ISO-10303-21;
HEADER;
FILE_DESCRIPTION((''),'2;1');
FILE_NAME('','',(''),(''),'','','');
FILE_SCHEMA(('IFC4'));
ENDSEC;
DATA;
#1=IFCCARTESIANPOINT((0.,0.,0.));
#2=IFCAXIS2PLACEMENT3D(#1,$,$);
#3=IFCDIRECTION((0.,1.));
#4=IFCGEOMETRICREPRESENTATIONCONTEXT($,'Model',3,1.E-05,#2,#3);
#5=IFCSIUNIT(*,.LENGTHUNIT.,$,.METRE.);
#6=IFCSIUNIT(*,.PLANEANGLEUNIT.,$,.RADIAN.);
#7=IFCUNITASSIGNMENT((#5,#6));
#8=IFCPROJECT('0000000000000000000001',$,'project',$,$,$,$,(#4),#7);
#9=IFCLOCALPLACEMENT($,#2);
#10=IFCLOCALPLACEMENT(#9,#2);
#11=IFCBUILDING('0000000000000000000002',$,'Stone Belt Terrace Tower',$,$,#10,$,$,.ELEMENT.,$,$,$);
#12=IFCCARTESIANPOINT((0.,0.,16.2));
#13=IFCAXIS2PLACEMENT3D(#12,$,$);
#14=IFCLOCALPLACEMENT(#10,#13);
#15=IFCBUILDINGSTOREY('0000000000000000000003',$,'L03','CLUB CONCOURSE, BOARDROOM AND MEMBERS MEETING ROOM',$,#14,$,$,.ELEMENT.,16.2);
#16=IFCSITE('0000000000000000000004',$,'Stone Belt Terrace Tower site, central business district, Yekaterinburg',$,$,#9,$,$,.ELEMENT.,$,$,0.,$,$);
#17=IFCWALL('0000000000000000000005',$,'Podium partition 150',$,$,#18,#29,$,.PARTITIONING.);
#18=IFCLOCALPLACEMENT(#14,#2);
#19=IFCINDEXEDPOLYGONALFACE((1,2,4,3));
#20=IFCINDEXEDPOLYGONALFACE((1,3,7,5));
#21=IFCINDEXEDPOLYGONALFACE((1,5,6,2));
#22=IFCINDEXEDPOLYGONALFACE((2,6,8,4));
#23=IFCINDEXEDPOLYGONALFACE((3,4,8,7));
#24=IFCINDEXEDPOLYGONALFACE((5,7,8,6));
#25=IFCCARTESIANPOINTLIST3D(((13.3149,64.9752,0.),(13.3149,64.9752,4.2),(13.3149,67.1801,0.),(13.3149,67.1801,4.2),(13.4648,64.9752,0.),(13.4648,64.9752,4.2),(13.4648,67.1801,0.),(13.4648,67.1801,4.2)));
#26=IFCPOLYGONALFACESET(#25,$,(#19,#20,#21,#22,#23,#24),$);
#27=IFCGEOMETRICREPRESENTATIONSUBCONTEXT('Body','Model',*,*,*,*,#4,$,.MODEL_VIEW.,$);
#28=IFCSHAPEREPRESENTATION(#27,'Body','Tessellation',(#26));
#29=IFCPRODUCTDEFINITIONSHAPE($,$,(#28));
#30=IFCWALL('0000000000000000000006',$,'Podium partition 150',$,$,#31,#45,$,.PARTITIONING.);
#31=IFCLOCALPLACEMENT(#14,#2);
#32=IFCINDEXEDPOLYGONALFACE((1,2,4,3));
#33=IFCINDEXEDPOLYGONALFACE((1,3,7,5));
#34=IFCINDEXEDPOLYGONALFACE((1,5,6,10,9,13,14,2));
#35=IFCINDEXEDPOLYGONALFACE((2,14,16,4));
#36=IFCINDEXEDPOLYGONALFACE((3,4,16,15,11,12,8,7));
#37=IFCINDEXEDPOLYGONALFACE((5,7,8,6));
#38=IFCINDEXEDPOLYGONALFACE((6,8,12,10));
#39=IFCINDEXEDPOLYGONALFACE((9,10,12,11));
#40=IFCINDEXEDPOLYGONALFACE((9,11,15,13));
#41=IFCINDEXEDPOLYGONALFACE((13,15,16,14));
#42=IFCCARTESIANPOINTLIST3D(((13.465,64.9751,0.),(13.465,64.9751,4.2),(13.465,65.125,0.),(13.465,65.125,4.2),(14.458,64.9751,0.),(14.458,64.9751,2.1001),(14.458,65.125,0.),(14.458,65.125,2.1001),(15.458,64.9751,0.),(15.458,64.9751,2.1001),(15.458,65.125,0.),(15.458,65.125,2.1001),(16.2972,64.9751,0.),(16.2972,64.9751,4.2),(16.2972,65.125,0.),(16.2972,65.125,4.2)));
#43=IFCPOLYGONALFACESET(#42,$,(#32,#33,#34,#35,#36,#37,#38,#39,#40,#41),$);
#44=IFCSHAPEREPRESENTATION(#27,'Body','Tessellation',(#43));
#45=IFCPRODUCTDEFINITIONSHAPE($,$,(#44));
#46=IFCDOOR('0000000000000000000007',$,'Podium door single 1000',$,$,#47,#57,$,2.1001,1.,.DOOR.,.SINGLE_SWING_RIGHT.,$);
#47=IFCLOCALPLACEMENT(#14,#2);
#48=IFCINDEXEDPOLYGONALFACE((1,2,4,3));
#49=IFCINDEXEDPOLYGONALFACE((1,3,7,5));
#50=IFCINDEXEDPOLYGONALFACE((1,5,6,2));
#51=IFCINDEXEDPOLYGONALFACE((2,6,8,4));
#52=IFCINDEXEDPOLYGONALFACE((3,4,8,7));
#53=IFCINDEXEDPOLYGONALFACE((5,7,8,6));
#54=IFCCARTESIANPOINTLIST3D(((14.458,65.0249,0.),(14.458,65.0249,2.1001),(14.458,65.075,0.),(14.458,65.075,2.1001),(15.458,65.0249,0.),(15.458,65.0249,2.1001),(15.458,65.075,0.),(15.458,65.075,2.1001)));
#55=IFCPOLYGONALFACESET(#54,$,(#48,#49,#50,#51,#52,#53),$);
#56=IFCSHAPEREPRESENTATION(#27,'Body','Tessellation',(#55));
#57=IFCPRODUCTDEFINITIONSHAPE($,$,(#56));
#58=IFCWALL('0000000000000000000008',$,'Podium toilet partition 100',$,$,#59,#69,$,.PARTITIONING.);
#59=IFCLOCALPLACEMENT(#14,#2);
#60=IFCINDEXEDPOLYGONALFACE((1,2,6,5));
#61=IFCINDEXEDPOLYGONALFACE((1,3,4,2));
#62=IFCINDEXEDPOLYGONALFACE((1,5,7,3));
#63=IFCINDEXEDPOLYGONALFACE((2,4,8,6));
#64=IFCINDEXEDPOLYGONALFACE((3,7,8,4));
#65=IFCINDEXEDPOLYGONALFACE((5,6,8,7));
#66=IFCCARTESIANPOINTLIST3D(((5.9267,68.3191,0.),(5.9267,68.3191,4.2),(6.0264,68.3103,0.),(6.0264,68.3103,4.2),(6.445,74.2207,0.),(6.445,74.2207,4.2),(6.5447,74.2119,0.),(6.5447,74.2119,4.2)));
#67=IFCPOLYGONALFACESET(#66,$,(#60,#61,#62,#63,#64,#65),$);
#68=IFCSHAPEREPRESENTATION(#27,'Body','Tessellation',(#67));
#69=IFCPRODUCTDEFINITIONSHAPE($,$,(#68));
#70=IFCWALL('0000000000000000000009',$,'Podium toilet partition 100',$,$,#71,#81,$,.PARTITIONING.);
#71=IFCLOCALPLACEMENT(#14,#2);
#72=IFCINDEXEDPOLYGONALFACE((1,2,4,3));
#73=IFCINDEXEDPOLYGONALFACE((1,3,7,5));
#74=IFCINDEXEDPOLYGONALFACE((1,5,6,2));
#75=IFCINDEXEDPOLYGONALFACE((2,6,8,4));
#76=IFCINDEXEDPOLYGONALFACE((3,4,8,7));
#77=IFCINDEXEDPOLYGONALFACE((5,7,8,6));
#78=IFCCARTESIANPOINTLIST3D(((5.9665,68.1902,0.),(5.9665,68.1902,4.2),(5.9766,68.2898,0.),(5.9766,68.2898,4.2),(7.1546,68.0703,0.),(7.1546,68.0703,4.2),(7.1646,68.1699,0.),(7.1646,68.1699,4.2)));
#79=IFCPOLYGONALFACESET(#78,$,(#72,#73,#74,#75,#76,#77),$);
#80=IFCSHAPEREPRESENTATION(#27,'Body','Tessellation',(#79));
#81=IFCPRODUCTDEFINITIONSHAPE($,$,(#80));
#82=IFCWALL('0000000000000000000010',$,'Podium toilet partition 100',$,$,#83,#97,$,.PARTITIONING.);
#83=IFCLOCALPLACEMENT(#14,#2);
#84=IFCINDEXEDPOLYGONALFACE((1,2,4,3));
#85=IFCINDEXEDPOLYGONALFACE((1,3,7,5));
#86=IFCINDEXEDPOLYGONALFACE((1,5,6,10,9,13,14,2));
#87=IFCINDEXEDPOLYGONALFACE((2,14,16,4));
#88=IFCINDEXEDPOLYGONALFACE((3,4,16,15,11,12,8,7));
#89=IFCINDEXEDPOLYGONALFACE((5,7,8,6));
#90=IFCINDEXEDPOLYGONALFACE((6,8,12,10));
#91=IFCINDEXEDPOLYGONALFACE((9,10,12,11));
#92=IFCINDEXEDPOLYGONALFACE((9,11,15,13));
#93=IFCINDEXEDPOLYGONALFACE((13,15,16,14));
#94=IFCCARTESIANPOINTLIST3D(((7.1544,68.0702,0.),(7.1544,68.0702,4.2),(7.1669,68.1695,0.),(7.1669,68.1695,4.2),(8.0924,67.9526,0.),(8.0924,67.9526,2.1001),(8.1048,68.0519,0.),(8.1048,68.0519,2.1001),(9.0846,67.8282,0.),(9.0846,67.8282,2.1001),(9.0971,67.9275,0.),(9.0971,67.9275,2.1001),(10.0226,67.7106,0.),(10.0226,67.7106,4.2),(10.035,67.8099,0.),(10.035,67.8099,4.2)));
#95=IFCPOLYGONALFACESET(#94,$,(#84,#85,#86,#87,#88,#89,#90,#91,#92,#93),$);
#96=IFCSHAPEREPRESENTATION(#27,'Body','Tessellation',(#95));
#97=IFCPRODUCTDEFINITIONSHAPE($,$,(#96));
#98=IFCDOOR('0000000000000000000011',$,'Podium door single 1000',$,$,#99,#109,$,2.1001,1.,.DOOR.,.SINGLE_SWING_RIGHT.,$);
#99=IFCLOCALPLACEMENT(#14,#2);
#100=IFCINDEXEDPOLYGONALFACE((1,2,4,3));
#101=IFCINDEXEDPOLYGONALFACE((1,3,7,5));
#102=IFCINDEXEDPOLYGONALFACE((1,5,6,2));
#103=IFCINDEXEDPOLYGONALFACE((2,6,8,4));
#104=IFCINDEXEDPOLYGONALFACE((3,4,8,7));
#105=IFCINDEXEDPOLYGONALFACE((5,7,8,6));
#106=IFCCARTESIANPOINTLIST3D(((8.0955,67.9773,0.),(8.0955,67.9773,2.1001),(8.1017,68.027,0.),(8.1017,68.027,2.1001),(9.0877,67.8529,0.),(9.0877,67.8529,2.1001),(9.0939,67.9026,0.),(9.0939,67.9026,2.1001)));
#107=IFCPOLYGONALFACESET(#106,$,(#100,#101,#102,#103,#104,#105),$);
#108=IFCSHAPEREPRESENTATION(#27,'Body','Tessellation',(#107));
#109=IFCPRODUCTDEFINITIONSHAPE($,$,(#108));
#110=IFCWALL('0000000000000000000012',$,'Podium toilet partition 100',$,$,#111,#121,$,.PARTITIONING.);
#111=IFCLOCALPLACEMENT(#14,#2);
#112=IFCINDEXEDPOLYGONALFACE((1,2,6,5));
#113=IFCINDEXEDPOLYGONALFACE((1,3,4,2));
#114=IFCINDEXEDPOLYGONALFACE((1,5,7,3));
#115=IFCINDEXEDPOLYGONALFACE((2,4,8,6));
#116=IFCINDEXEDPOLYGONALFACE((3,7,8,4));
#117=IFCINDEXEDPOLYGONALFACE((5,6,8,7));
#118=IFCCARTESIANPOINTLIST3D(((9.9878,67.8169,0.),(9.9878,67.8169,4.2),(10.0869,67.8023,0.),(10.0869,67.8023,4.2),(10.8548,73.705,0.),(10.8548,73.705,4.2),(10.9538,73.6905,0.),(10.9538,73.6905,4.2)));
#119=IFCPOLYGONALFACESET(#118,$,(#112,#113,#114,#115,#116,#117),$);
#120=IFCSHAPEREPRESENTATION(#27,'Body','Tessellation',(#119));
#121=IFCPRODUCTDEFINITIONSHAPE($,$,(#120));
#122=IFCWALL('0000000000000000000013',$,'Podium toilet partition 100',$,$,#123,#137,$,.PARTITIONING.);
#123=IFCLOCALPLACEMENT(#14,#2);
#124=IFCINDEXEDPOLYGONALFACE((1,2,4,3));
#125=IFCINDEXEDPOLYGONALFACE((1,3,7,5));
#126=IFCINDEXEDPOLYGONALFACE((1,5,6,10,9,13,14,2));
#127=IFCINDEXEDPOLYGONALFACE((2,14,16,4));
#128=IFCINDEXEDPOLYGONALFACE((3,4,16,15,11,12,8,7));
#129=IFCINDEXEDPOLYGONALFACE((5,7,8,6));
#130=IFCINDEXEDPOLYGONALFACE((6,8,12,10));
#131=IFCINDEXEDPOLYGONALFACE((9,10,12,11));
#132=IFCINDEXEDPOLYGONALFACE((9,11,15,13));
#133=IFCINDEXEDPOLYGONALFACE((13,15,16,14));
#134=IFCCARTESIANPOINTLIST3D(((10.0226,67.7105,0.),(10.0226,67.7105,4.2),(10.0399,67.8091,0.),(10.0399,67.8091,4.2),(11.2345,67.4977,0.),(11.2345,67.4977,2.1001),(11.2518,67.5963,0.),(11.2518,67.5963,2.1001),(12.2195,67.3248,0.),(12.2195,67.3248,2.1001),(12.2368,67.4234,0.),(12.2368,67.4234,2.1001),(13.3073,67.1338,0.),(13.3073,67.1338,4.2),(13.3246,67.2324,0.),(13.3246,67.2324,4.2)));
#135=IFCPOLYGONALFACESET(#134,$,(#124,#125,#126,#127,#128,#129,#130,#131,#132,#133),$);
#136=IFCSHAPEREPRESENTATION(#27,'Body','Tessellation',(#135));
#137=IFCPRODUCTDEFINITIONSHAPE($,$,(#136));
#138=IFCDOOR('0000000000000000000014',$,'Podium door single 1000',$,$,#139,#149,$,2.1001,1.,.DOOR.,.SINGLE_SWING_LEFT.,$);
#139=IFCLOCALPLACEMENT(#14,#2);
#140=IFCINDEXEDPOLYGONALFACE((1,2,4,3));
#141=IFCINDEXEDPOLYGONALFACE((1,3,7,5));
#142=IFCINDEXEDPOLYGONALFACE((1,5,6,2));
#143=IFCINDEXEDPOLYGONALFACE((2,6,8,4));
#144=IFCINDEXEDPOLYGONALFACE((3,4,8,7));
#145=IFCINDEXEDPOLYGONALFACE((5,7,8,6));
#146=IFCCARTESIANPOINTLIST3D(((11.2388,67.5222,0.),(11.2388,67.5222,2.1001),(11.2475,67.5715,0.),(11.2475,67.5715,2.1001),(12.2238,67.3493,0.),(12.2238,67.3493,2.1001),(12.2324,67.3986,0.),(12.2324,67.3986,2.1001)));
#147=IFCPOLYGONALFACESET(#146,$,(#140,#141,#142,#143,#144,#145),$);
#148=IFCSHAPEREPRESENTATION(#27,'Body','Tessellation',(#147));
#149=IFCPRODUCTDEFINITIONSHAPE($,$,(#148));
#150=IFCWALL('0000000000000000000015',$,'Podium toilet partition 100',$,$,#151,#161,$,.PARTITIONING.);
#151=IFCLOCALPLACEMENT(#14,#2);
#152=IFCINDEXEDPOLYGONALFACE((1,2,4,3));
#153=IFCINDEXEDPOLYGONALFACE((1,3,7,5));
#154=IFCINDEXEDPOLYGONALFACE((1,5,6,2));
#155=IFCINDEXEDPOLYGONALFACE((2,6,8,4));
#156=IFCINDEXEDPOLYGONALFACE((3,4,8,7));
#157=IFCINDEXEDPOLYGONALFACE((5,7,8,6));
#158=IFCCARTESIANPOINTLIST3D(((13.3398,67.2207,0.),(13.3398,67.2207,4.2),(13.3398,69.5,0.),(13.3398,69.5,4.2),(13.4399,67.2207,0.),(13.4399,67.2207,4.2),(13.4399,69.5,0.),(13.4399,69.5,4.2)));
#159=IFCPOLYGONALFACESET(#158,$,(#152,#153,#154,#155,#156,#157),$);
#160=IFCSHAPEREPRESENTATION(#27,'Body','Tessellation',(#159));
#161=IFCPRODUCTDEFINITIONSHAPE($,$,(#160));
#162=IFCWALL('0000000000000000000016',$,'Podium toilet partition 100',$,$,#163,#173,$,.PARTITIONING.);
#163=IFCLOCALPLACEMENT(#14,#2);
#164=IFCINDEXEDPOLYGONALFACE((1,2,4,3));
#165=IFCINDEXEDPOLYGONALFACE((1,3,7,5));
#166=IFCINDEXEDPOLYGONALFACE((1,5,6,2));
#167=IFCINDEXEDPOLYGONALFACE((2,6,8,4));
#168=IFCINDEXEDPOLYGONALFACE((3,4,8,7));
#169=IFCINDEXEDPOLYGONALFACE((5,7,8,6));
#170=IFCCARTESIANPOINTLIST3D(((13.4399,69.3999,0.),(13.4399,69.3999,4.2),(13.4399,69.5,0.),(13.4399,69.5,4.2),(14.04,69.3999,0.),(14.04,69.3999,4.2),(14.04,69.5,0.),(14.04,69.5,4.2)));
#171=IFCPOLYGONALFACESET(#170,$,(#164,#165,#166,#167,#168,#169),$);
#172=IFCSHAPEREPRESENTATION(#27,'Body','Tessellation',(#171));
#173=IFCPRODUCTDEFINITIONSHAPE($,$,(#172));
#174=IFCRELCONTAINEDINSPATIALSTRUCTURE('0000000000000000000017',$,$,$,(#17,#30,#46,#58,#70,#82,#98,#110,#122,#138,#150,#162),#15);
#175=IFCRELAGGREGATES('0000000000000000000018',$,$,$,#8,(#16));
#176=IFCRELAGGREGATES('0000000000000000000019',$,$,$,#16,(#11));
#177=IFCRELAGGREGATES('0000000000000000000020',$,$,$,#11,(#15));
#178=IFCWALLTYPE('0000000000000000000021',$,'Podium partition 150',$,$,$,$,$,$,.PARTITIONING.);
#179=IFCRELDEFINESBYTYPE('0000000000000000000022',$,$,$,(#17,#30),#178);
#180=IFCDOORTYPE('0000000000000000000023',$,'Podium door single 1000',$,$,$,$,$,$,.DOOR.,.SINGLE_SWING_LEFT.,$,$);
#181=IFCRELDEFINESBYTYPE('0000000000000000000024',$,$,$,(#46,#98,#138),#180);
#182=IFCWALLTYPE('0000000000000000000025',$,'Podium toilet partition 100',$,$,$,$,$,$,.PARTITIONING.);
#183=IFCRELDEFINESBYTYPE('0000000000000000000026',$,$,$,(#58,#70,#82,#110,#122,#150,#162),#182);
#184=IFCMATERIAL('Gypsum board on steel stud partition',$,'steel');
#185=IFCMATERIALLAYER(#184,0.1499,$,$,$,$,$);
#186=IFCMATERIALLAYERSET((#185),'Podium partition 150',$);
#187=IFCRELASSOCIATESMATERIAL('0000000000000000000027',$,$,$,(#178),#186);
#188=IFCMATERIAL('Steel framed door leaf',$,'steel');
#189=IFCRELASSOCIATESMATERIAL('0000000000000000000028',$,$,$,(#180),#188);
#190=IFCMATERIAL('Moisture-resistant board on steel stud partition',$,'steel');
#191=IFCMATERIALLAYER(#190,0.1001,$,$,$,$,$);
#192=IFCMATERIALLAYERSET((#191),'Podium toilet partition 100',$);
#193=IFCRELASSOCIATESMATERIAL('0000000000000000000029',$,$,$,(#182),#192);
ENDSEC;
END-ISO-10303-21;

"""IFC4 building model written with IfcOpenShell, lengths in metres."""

from ifc_helpers import new_model, si_unit, direction, frame, frame_2d, origin, place, context, subcontext, project, spatial, rectangle, extrude, material, layer, layer_set, type_object, element, fill, save


model = new_model("IFC4")

# Units and contexts
model_context = context("Model", 3, precision=1e-05, world=origin(), true_north=direction((0.0, 1.0)))
body_context = subcontext(model_context, "Body", "Model", "MODEL_VIEW")
ifc_project = project(units=[si_unit("LENGTHUNIT", "METRE"), si_unit("PLANEANGLEUNIT", "RADIAN")], contexts=[model_context])

# Site, building, storey
site_placement = place(None, origin())
site = spatial("IfcSite", under=ifc_project, at=site_placement, Name="Stone Belt Terrace Tower site, central business district, Yekaterinburg", CompositionType="ELEMENT", RefElevation=0.0)
building_placement = place(site_placement, origin())
building = spatial("IfcBuilding", under=site, at=building_placement, Name="Stone Belt Terrace Tower", CompositionType="ELEMENT")
storey_placement = place(building_placement, frame((0.0, 0.0, 16.2)))
storey = spatial("IfcBuildingStorey", under=building, at=storey_placement, Name="L03", Description="CLUB CONCOURSE, BOARDROOM AND MEMBERS MEETING ROOM", CompositionType="ELEMENT", Elevation=16.2)

# Shared definitions
ifc_material_1 = material(Name="Gypsum board on steel stud partition", Category="steel")
ifc_layer_1 = layer(ifc_material_1, 0.1499)
ifc_layer_set_1 = layer_set([ifc_layer_1], Name="Podium partition 150")
wall_type_1 = type_object("IfcWallType", Name="Podium partition 150", PredefinedType="PARTITIONING", material=ifc_layer_set_1)

# Shared definitions
ifc_material_2 = material(Name="Steel framed door leaf", Category="steel")
door_type = type_object("IfcDoorType", Name="Podium door single 1000", OperationType="SINGLE_SWING_LEFT", PredefinedType="DOOR", material=ifc_material_2)

# Wall
wall_1_placement = place(storey_placement, frame((13.3899, 64.9751, 0.0), z_axis=(0.0, 0.0, 1.0), x_axis=(0.0, 1.0, 0.0)))
element("IfcWall", 1, at=wall_1_placement, inside=storey, type_object=wall_type_1, Name="Podium partition 150", PredefinedType="PARTITIONING", context=body_context, shape_type="SweptSolid", body=[
    extrude(rectangle(XDim=2.2048, YDim=0.1499, at=frame_2d((1.1025, 0.0))), origin(), (0.0, 0.0, 1.0), 4.2),
])

# Wall, opening, door
wall_2_placement = place(storey_placement, frame((13.4651, 65.05, 0.0), z_axis=(0.0, 0.0, 1.0), x_axis=(1.0, 0.0, 0.0)))
wall_2 = element("IfcWall", 2, at=wall_2_placement, inside=storey, type_object=wall_type_1, Name="Podium partition 150", PredefinedType="PARTITIONING", context=body_context, shape_type="SweptSolid", body=[
    extrude(rectangle(XDim=2.8323, YDim=0.1499, at=frame_2d((1.416, 0.0))), origin(), (0.0, 0.0, 1.0), 4.2),
])
opening_1_placement = place(wall_2_placement, frame((0.9929, 0.0, 0.0)))
opening_1 = element("IfcOpeningElement", 3, at=opening_1_placement, cuts=wall_2, PredefinedType="OPENING", context=body_context, shape_type="SweptSolid", body=[
    extrude(rectangle(XDim=1.0, YDim=2.1001, at=frame_2d((0.5, 1.05))), frame((0.0, 0.085, 0.0), z_axis=(0.0, -1.0, 0.0), x_axis=(1.0, 0.0, 0.0)), (0.0, 0.0, 1.0), 0.1699),
])
door_1_placement = place(opening_1_placement, origin())
door_1 = element("IfcDoor", 4, at=door_1_placement, inside=storey, type_object=door_type, Name="Podium door single 1000", OperationType="SINGLE_SWING_RIGHT", OverallHeight=2.1001, OverallWidth=1.0, PredefinedType="DOOR", context=body_context, shape_type="SweptSolid", body=[
    extrude(rectangle(XDim=1.0, YDim=2.1001, at=frame_2d((0.5, 1.05))), frame((0.0, 0.0249, 0.0), z_axis=(0.0, -1.0, 0.0), x_axis=(1.0, 0.0, 0.0)), (0.0, 0.0, 1.0), 0.05),
])
fill(opening_1, door_1)

# Walls
ifc_material_3 = material(Name="Moisture-resistant board on steel stud partition", Category="steel")
ifc_layer_2 = layer(ifc_material_3, 0.1001)
ifc_layer_set_2 = layer_set([ifc_layer_2], Name="Podium toilet partition 100")
wall_type_2 = type_object("IfcWallType", Name="Podium toilet partition 100", PredefinedType="PARTITIONING", material=ifc_layer_set_2)
wall_3_placement = place(storey_placement, frame((5.9766, 68.3147, 0.0), z_axis=(0.0, 0.0, 1.0), x_axis=(0.087488, 0.996166, 0.0)))
element("IfcWall", 5, at=wall_3_placement, inside=storey, type_object=wall_type_2, Name="Podium toilet partition 100", PredefinedType="PARTITIONING", context=body_context, shape_type="SweptSolid", body=[
    extrude(rectangle(XDim=5.9243, YDim=0.1001, at=frame_2d((2.9622, 0.0))), origin(), (0.0, 0.0, 1.0), 4.2),
])
wall_4_placement = place(storey_placement, frame((5.9714, 68.24, 0.0), z_axis=(0.0, 0.0, 1.0), x_axis=(0.994948, -0.100394, 0.0)))
element("IfcWall", 6, at=wall_4_placement, inside=storey, type_object=wall_type_2, Name="Podium toilet partition 100", PredefinedType="PARTITIONING", context=body_context, shape_type="SweptSolid", body=[
    extrude(rectangle(XDim=1.1941, YDim=0.1001, at=frame_2d((0.5972, 0.0))), origin(), (0.0, 0.0, 1.0), 4.2),
])

# Wall, opening, door
wall_5_placement = place(storey_placement, frame((7.1606, 68.1199, 0.0), z_axis=(0.0, 0.0, 1.0), x_axis=(0.992231, -0.124409, 0.0)))
wall_5 = element("IfcWall", 7, at=wall_5_placement, inside=storey, type_object=wall_type_2, Name="Podium toilet partition 100", PredefinedType="PARTITIONING", context=body_context, shape_type="SweptSolid", body=[
    extrude(rectangle(XDim=2.8906, YDim=0.1001, at=frame_2d((1.4453, 0.0))), origin(), (0.0, 0.0, 1.0), 4.2),
])
opening_2_placement = place(wall_5_placement, frame((0.9453, 0.0, 0.0)))
opening_2 = element("IfcOpeningElement", 8, at=opening_2_placement, cuts=wall_5, PredefinedType="OPENING", context=body_context, shape_type="SweptSolid", body=[
    extrude(rectangle(XDim=1.0, YDim=2.1001, at=frame_2d((0.5, 1.05))), frame((0.0, 0.0601, 0.0), z_axis=(0.0, -1.0, 0.0), x_axis=(1.0, 0.0, 0.0)), (0.0, 0.0, 1.0), 0.1201),
])
door_2_placement = place(opening_2_placement, origin())
door_2 = element("IfcDoor", 9, at=door_2_placement, inside=storey, type_object=door_type, Name="Podium door single 1000", OperationType="SINGLE_SWING_RIGHT", OverallHeight=2.1001, OverallWidth=1.0, PredefinedType="DOOR", context=body_context, shape_type="SweptSolid", body=[
    extrude(rectangle(XDim=1.0, YDim=2.1001, at=frame_2d((0.5, 1.05))), frame((0.0, 0.0249, 0.0), z_axis=(0.0, -1.0, 0.0), x_axis=(1.0, 0.0, 0.0)), (0.0, 0.0, 1.0), 0.05),
])
fill(opening_2, door_2)

# Wall
wall_6_placement = place(storey_placement, frame((10.0374, 67.8096, 0.0), z_axis=(0.0, 0.0, 1.0), x_axis=(0.145664, 0.989334, 0.0)))
element("IfcWall", 10, at=wall_6_placement, inside=storey, type_object=wall_type_2, Name="Podium toilet partition 100", PredefinedType="PARTITIONING", context=body_context, shape_type="SweptSolid", body=[
    extrude(rectangle(XDim=5.9517, YDim=0.1001, at=frame_2d((2.9758, 0.0))), origin(), (0.0, 0.0, 1.0), 4.2),
])

# Wall, opening, door
wall_7_placement = place(storey_placement, frame((10.0312, 67.7598, 0.0), z_axis=(0.0, 0.0, 1.0), x_axis=(0.984936, -0.172917, 0.0)))
wall_7 = element("IfcWall", 11, at=wall_7_placement, inside=storey, type_object=wall_type_2, Name="Podium toilet partition 100", PredefinedType="PARTITIONING", context=body_context, shape_type="SweptSolid", body=[
    extrude(rectangle(XDim=3.335, YDim=0.1001, at=frame_2d((1.6675, 0.0))), origin(), (0.0, 0.0, 1.0), 4.2),
])
opening_3_placement = place(wall_7_placement, frame((1.2305, 0.0, 0.0)))
opening_3 = element("IfcOpeningElement", 12, at=opening_3_placement, cuts=wall_7, PredefinedType="OPENING", context=body_context, shape_type="SweptSolid", body=[
    extrude(rectangle(XDim=1.0, YDim=2.1001, at=frame_2d((0.5, 1.05))), frame((0.0, 0.0601, 0.0), z_axis=(0.0, -1.0, 0.0), x_axis=(1.0, 0.0, 0.0)), (0.0, 0.0, 1.0), 0.1201),
])
door_3_placement = place(opening_3_placement, origin())
door_3 = element("IfcDoor", 13, at=door_3_placement, inside=storey, type_object=door_type, Name="Podium door single 1000", OperationType="SINGLE_SWING_LEFT", OverallHeight=2.1001, OverallWidth=1.0, PredefinedType="DOOR", context=body_context, shape_type="SweptSolid", body=[
    extrude(rectangle(XDim=1.0, YDim=2.1001, at=frame_2d((0.5, 1.05))), frame((0.0, 0.0249, 0.0), z_axis=(0.0, -1.0, 0.0), x_axis=(1.0, 0.0, 0.0)), (0.0, 0.0, 1.0), 0.05),
])
fill(opening_3, door_3)

# Walls
wall_8_placement = place(storey_placement, frame((13.3899, 67.2207, 0.0), z_axis=(0.0, 0.0, 1.0), x_axis=(0.0, 1.0, 0.0)))
element("IfcWall", 14, at=wall_8_placement, inside=storey, type_object=wall_type_2, Name="Podium toilet partition 100", PredefinedType="PARTITIONING", context=body_context, shape_type="SweptSolid", body=[
    extrude(rectangle(XDim=2.2793, YDim=0.1001, at=frame_2d((1.1396, 0.0))), origin(), (0.0, 0.0, 1.0), 4.2),
])
wall_9_placement = place(storey_placement, frame((13.4399, 69.45, 0.0), z_axis=(0.0, 0.0, 1.0), x_axis=(1.0, 0.0, 0.0)))
element("IfcWall", 15, at=wall_9_placement, inside=storey, type_object=wall_type_2, Name="Podium toilet partition 100", PredefinedType="PARTITIONING", context=body_context, shape_type="SweptSolid", body=[
    extrude(rectangle(XDim=0.6001, YDim=0.1001, at=frame_2d((0.3, 0.0))), origin(), (0.0, 0.0, 1.0), 4.2),
])

save(model, "model.ifc")
